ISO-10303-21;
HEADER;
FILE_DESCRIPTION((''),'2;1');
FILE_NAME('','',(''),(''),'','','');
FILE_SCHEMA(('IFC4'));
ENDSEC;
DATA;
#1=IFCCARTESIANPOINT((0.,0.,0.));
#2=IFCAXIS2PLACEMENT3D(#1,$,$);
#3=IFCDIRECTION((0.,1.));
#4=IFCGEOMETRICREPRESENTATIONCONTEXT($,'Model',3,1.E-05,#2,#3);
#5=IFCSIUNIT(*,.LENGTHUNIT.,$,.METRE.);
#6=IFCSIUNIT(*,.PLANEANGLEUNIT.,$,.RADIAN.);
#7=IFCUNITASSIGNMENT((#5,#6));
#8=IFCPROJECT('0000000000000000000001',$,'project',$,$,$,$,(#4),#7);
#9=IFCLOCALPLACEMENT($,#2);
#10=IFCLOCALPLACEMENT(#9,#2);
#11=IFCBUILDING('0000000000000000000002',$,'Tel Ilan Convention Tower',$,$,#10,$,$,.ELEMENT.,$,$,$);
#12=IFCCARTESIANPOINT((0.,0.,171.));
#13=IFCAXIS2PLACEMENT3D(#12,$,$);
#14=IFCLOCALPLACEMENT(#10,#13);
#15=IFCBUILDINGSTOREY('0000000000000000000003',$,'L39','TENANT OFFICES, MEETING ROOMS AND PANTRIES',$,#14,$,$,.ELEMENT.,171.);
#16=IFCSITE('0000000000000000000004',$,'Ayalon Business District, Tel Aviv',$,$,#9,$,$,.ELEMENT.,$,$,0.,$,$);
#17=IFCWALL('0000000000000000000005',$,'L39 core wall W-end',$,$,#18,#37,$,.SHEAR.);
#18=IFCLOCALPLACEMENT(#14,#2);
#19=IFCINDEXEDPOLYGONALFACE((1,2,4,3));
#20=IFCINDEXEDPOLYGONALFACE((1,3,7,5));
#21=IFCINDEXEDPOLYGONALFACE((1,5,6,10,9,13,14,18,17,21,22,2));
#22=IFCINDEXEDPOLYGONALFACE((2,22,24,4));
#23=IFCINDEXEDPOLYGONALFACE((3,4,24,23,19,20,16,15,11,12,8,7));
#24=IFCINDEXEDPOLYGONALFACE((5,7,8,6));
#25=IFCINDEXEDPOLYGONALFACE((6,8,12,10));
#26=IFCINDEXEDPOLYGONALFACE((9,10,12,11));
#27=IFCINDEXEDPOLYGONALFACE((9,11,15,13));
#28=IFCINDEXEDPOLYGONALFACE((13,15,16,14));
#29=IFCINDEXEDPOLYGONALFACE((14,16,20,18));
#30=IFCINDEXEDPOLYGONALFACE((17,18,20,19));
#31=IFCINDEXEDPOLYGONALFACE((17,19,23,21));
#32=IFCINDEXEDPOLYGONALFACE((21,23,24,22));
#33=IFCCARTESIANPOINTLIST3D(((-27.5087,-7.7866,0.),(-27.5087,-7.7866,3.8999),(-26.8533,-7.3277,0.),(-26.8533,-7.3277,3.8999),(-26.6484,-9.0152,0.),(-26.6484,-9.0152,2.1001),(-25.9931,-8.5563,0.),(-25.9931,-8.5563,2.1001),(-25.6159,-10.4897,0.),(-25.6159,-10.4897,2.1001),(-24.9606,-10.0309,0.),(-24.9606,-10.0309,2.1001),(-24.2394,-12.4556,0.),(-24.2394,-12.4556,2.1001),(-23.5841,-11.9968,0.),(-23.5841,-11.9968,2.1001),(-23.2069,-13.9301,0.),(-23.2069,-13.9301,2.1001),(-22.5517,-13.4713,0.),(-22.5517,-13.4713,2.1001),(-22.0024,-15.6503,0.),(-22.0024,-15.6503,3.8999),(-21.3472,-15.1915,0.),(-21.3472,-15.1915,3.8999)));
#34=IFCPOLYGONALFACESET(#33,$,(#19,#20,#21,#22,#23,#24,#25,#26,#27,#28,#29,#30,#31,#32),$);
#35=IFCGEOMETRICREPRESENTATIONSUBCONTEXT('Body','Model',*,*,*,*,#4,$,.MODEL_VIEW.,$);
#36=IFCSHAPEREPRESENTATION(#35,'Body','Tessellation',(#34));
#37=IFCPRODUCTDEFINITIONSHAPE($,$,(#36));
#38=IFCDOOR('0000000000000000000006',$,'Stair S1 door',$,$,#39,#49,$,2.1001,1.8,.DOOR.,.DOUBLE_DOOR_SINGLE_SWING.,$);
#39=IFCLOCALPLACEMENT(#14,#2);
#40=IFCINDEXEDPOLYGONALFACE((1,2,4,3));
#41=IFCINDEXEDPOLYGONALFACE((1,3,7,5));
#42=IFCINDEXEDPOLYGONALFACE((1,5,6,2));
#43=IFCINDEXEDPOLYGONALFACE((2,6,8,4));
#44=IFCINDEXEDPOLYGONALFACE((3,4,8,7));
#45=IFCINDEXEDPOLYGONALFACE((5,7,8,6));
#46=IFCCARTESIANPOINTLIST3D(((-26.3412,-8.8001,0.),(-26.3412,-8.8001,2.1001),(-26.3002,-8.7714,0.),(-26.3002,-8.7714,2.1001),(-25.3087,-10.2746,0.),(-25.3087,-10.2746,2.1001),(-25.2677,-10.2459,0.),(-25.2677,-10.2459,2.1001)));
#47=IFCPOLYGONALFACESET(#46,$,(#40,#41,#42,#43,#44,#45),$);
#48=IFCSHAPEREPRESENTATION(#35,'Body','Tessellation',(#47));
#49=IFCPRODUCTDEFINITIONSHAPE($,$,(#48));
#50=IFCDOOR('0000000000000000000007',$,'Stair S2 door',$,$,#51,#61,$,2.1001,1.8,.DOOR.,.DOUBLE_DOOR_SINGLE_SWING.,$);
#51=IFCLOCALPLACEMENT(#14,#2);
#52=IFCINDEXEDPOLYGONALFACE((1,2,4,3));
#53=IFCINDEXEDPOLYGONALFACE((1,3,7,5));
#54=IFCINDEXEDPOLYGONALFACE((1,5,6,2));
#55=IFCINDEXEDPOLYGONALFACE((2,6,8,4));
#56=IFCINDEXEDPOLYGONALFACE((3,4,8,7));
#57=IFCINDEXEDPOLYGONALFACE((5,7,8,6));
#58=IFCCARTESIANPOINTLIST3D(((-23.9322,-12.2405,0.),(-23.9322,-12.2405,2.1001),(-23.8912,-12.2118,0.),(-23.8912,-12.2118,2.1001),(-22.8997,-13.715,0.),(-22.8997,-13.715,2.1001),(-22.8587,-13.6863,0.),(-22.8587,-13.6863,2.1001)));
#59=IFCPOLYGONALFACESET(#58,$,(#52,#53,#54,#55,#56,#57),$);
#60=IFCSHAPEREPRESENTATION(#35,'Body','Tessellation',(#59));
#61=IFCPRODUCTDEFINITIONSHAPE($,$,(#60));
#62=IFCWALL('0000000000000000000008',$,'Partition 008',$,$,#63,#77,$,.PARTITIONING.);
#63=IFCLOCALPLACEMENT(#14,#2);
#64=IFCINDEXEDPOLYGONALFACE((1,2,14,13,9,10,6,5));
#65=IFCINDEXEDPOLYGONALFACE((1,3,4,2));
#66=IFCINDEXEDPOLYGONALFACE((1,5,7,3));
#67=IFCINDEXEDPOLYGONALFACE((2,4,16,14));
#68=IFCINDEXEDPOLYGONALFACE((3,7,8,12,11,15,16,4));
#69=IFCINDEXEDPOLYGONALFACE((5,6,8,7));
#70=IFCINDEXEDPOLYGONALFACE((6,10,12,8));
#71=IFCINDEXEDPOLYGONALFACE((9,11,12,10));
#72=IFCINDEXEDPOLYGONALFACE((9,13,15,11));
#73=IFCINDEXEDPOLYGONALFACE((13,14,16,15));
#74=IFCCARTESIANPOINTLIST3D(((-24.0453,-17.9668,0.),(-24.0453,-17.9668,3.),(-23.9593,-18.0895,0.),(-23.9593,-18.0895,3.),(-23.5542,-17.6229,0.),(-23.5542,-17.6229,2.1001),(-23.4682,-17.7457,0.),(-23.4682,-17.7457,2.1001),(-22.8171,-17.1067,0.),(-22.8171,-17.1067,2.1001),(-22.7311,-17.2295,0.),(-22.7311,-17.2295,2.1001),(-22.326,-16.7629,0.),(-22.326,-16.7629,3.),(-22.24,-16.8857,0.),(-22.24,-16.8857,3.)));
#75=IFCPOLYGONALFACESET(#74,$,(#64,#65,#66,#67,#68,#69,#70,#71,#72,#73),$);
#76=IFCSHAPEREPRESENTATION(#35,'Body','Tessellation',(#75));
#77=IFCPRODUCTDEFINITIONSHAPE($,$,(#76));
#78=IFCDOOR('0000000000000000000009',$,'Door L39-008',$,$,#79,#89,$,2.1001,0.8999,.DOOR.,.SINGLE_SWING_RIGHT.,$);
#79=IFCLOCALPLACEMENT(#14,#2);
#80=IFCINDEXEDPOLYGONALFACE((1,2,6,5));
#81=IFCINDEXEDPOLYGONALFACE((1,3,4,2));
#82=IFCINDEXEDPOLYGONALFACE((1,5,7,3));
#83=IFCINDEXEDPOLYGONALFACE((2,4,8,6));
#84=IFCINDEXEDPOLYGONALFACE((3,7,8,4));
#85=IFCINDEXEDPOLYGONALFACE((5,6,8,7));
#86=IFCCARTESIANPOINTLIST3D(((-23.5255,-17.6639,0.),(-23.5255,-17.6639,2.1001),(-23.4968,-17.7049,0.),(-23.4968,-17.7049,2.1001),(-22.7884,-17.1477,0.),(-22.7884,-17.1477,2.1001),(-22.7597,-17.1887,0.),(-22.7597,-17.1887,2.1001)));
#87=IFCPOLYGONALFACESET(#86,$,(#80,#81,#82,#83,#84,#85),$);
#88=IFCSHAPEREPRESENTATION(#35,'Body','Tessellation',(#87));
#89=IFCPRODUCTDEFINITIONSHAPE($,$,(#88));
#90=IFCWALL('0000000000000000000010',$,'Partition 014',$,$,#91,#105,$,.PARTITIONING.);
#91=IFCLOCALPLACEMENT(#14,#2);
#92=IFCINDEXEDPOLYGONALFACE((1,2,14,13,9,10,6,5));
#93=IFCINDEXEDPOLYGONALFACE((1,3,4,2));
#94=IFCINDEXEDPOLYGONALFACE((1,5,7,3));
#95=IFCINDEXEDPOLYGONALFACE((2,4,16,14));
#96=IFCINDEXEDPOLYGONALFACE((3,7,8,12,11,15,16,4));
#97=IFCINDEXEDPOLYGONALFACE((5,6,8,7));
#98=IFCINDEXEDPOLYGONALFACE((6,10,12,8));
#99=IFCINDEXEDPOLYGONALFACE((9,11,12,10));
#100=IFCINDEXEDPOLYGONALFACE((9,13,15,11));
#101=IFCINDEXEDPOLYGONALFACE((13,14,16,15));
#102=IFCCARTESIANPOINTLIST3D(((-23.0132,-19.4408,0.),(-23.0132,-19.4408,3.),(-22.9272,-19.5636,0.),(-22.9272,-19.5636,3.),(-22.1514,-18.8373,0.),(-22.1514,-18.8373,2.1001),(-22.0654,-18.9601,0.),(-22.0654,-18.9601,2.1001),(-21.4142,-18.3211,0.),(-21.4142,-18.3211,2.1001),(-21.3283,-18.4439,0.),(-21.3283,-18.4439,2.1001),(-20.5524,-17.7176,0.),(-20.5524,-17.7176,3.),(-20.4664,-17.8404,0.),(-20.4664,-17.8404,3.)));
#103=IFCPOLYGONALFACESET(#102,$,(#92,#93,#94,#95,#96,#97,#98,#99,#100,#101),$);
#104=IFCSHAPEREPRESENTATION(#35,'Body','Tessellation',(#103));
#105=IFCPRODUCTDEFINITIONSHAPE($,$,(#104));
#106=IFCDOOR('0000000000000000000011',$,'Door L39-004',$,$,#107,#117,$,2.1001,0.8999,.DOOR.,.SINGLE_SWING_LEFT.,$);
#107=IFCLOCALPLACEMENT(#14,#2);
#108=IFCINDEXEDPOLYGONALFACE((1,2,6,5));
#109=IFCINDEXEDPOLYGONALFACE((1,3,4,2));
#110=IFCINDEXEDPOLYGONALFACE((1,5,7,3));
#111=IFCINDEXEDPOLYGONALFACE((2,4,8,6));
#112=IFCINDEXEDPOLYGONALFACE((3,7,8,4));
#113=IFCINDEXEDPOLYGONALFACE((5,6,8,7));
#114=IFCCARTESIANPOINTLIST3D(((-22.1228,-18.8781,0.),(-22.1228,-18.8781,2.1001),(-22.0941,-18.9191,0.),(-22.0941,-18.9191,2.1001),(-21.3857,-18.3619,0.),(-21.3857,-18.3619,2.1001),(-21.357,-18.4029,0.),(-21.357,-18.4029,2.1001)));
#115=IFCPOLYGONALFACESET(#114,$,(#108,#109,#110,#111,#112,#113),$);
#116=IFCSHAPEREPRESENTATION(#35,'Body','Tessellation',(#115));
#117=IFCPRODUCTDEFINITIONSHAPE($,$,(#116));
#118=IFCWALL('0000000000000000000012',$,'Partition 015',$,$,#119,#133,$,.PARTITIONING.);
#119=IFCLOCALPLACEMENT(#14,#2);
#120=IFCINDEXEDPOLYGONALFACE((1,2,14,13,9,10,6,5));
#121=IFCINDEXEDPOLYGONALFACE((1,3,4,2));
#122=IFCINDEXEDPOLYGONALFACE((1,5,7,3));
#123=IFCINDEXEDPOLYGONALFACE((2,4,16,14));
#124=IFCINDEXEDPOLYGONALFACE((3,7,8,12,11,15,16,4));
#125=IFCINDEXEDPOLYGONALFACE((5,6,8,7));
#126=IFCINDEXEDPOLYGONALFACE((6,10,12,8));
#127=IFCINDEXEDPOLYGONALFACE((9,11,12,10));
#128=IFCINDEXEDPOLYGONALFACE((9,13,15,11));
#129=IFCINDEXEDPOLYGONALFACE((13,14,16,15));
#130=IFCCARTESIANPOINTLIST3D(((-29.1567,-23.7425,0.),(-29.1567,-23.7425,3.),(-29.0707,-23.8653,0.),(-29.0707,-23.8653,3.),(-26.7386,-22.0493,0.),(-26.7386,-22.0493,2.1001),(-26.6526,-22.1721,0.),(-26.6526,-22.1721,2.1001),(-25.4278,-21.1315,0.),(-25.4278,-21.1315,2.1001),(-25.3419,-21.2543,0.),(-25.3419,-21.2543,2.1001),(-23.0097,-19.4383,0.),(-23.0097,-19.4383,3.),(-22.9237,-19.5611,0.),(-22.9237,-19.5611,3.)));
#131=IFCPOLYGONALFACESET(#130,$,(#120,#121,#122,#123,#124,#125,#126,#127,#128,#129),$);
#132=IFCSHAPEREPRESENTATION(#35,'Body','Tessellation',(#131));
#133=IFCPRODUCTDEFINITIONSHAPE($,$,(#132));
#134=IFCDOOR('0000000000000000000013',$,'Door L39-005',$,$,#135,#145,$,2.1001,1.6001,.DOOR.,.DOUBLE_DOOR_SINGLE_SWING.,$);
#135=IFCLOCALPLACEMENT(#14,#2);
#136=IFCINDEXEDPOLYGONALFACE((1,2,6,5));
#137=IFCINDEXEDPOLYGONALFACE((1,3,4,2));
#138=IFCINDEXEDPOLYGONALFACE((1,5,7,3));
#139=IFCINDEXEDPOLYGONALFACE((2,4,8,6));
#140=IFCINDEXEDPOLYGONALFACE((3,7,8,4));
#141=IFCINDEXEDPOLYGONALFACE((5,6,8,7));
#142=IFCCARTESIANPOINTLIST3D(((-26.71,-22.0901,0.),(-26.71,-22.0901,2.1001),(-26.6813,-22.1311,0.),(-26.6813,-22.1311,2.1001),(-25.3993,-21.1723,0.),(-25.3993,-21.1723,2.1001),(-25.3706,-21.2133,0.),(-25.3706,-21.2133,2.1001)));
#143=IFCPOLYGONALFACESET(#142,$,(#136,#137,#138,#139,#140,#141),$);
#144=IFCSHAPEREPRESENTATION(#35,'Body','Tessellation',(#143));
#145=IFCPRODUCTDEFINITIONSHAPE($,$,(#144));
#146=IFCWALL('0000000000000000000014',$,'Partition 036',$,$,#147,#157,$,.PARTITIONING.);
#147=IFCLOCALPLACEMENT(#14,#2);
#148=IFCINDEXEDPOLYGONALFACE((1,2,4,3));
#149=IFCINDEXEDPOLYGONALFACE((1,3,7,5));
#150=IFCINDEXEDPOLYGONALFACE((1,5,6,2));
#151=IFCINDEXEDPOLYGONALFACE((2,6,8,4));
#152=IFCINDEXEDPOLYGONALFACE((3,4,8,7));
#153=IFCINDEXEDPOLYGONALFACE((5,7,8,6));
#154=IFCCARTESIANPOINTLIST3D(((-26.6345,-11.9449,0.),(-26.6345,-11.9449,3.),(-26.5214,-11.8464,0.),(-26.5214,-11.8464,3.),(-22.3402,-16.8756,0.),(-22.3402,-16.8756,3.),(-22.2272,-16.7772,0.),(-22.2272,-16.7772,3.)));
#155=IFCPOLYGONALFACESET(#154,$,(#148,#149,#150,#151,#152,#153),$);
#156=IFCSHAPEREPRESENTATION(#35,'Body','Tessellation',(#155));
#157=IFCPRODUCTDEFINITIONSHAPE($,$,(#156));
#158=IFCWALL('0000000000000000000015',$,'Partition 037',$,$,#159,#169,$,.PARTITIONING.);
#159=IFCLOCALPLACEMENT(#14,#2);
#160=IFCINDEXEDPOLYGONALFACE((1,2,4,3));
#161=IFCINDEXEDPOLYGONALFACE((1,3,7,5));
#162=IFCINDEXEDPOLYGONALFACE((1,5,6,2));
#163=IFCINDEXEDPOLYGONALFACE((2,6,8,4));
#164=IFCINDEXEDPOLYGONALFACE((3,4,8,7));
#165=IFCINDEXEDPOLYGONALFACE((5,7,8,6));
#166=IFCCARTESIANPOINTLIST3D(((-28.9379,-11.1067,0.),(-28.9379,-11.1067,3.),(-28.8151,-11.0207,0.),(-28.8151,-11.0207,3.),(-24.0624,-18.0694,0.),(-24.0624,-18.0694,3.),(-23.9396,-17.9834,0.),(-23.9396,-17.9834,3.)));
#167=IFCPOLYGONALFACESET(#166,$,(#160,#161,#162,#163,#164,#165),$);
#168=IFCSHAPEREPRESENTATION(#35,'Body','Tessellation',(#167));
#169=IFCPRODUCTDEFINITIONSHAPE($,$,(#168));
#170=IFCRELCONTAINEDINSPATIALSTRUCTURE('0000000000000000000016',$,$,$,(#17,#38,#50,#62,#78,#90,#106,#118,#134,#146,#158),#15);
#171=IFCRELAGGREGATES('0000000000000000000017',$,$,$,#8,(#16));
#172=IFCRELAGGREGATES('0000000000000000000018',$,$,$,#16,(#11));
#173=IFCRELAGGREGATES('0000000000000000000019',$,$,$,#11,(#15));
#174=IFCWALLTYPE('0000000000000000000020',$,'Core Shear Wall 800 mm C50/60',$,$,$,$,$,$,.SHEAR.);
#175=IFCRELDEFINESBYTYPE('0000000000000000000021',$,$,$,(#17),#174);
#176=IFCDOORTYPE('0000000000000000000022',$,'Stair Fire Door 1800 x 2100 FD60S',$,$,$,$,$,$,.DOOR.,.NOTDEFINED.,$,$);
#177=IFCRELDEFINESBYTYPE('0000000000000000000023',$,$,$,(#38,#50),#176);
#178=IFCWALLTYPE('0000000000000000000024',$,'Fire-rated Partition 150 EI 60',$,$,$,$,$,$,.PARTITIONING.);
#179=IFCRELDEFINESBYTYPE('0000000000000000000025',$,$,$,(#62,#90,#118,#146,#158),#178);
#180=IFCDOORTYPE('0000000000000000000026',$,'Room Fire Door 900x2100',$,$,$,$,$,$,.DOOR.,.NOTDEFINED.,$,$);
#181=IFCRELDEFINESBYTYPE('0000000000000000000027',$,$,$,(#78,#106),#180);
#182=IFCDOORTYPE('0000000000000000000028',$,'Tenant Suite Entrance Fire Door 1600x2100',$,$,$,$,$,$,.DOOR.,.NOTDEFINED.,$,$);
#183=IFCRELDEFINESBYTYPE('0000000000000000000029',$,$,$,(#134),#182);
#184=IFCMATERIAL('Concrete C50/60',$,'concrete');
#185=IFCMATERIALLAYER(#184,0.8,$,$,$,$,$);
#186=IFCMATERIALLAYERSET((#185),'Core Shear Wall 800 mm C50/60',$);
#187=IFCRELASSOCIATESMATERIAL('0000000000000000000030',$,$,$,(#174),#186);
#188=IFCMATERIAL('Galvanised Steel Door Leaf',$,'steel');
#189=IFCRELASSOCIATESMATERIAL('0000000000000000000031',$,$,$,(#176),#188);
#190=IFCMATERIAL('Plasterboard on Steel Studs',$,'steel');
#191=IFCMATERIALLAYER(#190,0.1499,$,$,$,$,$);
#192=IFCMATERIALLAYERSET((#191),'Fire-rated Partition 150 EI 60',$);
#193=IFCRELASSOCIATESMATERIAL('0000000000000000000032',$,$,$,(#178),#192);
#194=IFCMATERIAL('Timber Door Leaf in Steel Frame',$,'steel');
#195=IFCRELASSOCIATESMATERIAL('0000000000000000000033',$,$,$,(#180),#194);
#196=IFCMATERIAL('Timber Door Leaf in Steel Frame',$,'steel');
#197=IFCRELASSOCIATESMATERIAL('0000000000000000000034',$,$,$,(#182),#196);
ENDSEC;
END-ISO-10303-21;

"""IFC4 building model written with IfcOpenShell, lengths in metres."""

from ifc_helpers import new_model, si_unit, direction, frame, frame_2d, origin, place, context, subcontext, project, spatial, polyline, rectangle, outline, extrude, material, layer, layer_set, type_object, element, fill, save


model = new_model("IFC4")

# Units and contexts
model_context = context("Model", 3, precision=1e-05, world=origin(), true_north=direction((0.0, 1.0)))
body_context = subcontext(model_context, "Body", "Model", "MODEL_VIEW")
ifc_project = project(units=[si_unit("LENGTHUNIT", "METRE"), si_unit("PLANEANGLEUNIT", "RADIAN")], contexts=[model_context])

# Site, building, storey
site_placement = place(None, origin())
site = spatial("IfcSite", under=ifc_project, at=site_placement, Name="Ayalon Business District, Tel Aviv", CompositionType="ELEMENT", RefElevation=0.0)
building_placement = place(site_placement, origin())
building = spatial("IfcBuilding", under=site, at=building_placement, Name="Tel Ilan Convention Tower", CompositionType="ELEMENT")
storey_placement = place(building_placement, frame((0.0, 0.0, 171.0)))
storey = spatial("IfcBuildingStorey", under=building, at=storey_placement, Name="L39", Description="TENANT OFFICES, MEETING ROOMS AND PANTRIES", CompositionType="ELEMENT", Elevation=171.0)

# Wall, openings, doors
ifc_material_1 = material(Name="Concrete C50/60", Category="concrete")
ifc_layer_1 = layer(ifc_material_1, 0.8)
ifc_layer_set_1 = layer_set([ifc_layer_1], Name="Core Shear Wall 800 mm C50/60")
wall_type_1 = type_object("IfcWallType", Name="Core Shear Wall 800 mm C50/60", PredefinedType="SHEAR", material=ifc_layer_set_1)
wall_1_placement = place(storey_placement, frame((-21.6748, -15.4209, 0.0), z_axis=(0.0, 0.0, 1.0), x_axis=(-0.573582, 0.819148, 0.0)))
wall_1 = element("IfcWall", 1, at=wall_1_placement, inside=storey, type_object=wall_type_1, Name="L39 core wall W-end", PredefinedType="SHEAR", context=body_context, shape_type="SweptSolid", body=[
    extrude(outline(polyline([(0.0, 0.3999), (0.0, -0.3999), (9.5999, -0.4001), (9.5999, 0.3999), (0.0, 0.3999)])), origin(), (0.0, 0.0, 1.0), 3.8999),
])
opening_1_placement = place(wall_1_placement, frame((6.3, 0.0, 0.0)))
opening_1 = element("IfcOpeningElement", 2, at=opening_1_placement, cuts=wall_1, PredefinedType="OPENING", context=body_context, shape_type="SweptSolid", body=[
    extrude(rectangle(XDim=1.8, YDim=2.1001, at=frame_2d((0.8999, 1.05))), frame((0.0, 0.4099, 0.0), z_axis=(0.0, -1.0, 0.0), x_axis=(1.0, 0.0, 0.0)), (0.0, 0.0, 1.0), 0.8201),
])
opening_2_placement = place(wall_1_placement, frame((2.1001, 0.0, 0.0)))
opening_2 = element("IfcOpeningElement", 3, at=opening_2_placement, cuts=wall_1, PredefinedType="OPENING", context=body_context, shape_type="SweptSolid", body=[
    extrude(rectangle(XDim=1.8, YDim=2.1001, at=frame_2d((0.8999, 1.05))), frame((0.0, 0.4099, 0.0), z_axis=(0.0, -1.0, 0.0), x_axis=(1.0, 0.0, 0.0)), (0.0, 0.0, 1.0), 0.8201),
])
ifc_material_2 = material(Name="Galvanised Steel Door Leaf", Category="steel")
door_type_1 = type_object("IfcDoorType", Name="Stair Fire Door 1800 x 2100 FD60S", OperationType="NOTDEFINED", PredefinedType="DOOR", material=ifc_material_2)
door_1_placement = place(opening_1_placement, origin())
door_1 = element("IfcDoor", 4, at=door_1_placement, inside=storey, type_object=door_type_1, Name="Stair S1 door", OperationType="DOUBLE_DOOR_SINGLE_SWING", OverallHeight=2.1001, OverallWidth=1.8, PredefinedType="DOOR", context=body_context, shape_type="SweptSolid", body=[
    extrude(rectangle(XDim=1.8, YDim=2.1001, at=frame_2d((0.8999, 1.05))), frame((0.0, 0.0249, 0.0), z_axis=(0.0, -1.0, 0.0), x_axis=(1.0, 0.0, 0.0)), (0.0, 0.0, 1.0), 0.05),
])
fill(opening_1, door_1)
door_2_placement = place(opening_2_placement, origin())
door_2 = element("IfcDoor", 5, at=door_2_placement, inside=storey, type_object=door_type_1, Name="Stair S2 door", OperationType="DOUBLE_DOOR_SINGLE_SWING", OverallHeight=2.1001, OverallWidth=1.8, PredefinedType="DOOR", context=body_context, shape_type="SweptSolid", body=[
    extrude(rectangle(XDim=1.8, YDim=2.1001, at=frame_2d((0.8999, 1.05))), frame((0.0, 0.0249, 0.0), z_axis=(0.0, -1.0, 0.0), x_axis=(1.0, 0.0, 0.0)), (0.0, 0.0, 1.0), 0.05),
])
fill(opening_2, door_2)

# Walls, openings, doors
ifc_material_3 = material(Name="Plasterboard on Steel Studs", Category="steel")
ifc_layer_2 = layer(ifc_material_3, 0.1499)
ifc_layer_set_2 = layer_set([ifc_layer_2], Name="Fire-rated Partition 150 EI 60")
wall_type_2 = type_object("IfcWallType", Name="Fire-rated Partition 150 EI 60", PredefinedType="PARTITIONING", material=ifc_layer_set_2)
wall_2_placement = place(storey_placement, frame((-24.0022, -18.0281, 0.0), z_axis=(0.0, 0.0, 1.0), x_axis=(0.819144, 0.573587, 0.0)))
wall_2 = element("IfcWall", 6, at=wall_2_placement, inside=storey, type_object=wall_type_2, Name="Partition 008", PredefinedType="PARTITIONING", context=body_context, shape_type="SweptSolid", body=[
    extrude(rectangle(XDim=2.0989, YDim=0.1499, at=frame_2d((1.0493, 0.0))), origin(), (0.0, 0.0, 1.0), 3.0),
])
opening_3_placement = place(wall_2_placement, frame((0.5994, 0.0, 0.0)))
opening_3 = element("IfcOpeningElement", 7, at=opening_3_placement, cuts=wall_2, PredefinedType="OPENING", context=body_context, shape_type="SweptSolid", body=[
    extrude(rectangle(XDim=0.8999, YDim=2.1001, at=frame_2d((0.45, 1.05))), frame((0.0, 0.085, 0.0), z_axis=(0.0, -1.0, 0.0), x_axis=(1.0, 0.0, 0.0)), (0.0, 0.0, 1.0), 0.1699),
])
ifc_material_4 = material(Name="Timber Door Leaf in Steel Frame", Category="steel")
door_type_2 = type_object("IfcDoorType", Name="Room Fire Door 900x2100", OperationType="NOTDEFINED", PredefinedType="DOOR", material=ifc_material_4)
door_3_placement = place(opening_3_placement, origin())
door_3 = element("IfcDoor", 8, at=door_3_placement, inside=storey, type_object=door_type_2, Name="Door L39-008", OperationType="SINGLE_SWING_RIGHT", OverallHeight=2.1001, OverallWidth=0.8999, PredefinedType="DOOR", context=body_context, shape_type="SweptSolid", body=[
    extrude(rectangle(XDim=0.8999, YDim=2.1001, at=frame_2d((0.45, 1.05))), frame((0.0, 0.0249, 0.0), z_axis=(0.0, -1.0, 0.0), x_axis=(1.0, 0.0, 0.0)), (0.0, 0.0, 1.0), 0.05),
])
fill(opening_3, door_3)
wall_3_placement = place(storey_placement, frame((-20.5095, -17.7791, 0.0), z_axis=(0.0, 0.0, 1.0), x_axis=(-0.819129, -0.57361, 0.0)))
wall_3 = element("IfcWall", 9, at=wall_3_placement, inside=storey, type_object=wall_type_2, Name="Partition 014", PredefinedType="PARTITIONING", context=body_context, shape_type="SweptSolid", body=[
    extrude(rectangle(XDim=3.0042, YDim=0.1499, at=frame_2d((1.502, 0.0))), origin(), (0.0, 0.0, 1.0), 3.0),
])
opening_4_placement = place(wall_3_placement, frame((1.052, 0.0, 0.0)))
opening_4 = element("IfcOpeningElement", 10, at=opening_4_placement, cuts=wall_3, PredefinedType="OPENING", context=body_context, shape_type="SweptSolid", body=[
    extrude(rectangle(XDim=0.8999, YDim=2.1001, at=frame_2d((0.45, 1.05))), frame((0.0, 0.085, 0.0), z_axis=(0.0, -1.0, 0.0), x_axis=(1.0, 0.0, 0.0)), (0.0, 0.0, 1.0), 0.1699),
])
door_4_placement = place(opening_4_placement, origin())
door_4 = element("IfcDoor", 11, at=door_4_placement, inside=storey, type_object=door_type_2, Name="Door L39-004", OperationType="SINGLE_SWING_LEFT", OverallHeight=2.1001, OverallWidth=0.8999, PredefinedType="DOOR", context=body_context, shape_type="SweptSolid", body=[
    extrude(rectangle(XDim=0.8999, YDim=2.1001, at=frame_2d((0.45, 1.05))), frame((0.0, 0.0249, 0.0), z_axis=(0.0, -1.0, 0.0), x_axis=(1.0, 0.0, 0.0)), (0.0, 0.0, 1.0), 0.05),
])
fill(opening_4, door_4)
wall_4_placement = place(storey_placement, frame((-22.9668, -19.4998, 0.0), z_axis=(0.0, 0.0, 1.0), x_axis=(-0.819149, -0.57358, 0.0)))
wall_4 = element("IfcWall", 12, at=wall_4_placement, inside=storey, type_object=wall_type_2, Name="Partition 015", PredefinedType="PARTITIONING", context=body_context, shape_type="SweptSolid", body=[
    extrude(rectangle(XDim=7.5042, YDim=0.1499, at=frame_2d((3.752, 0.0))), origin(), (0.0, 0.0, 1.0), 3.0),
])
opening_5_placement = place(wall_4_placement, frame((2.9519, 0.0, 0.0)))
opening_5 = element("IfcOpeningElement", 13, at=opening_5_placement, cuts=wall_4, PredefinedType="OPENING", context=body_context, shape_type="SweptSolid", body=[
    extrude(rectangle(XDim=1.6001, YDim=2.1001, at=frame_2d((0.8, 1.05))), frame((0.0, 0.085, 0.0), z_axis=(0.0, -1.0, 0.0), x_axis=(1.0, 0.0, 0.0)), (0.0, 0.0, 1.0), 0.1699),
])
ifc_material_5 = material(Name="Timber Door Leaf in Steel Frame", Category="steel")
door_type_3 = type_object("IfcDoorType", Name="Tenant Suite Entrance Fire Door 1600x2100", OperationType="NOTDEFINED", PredefinedType="DOOR", material=ifc_material_5)
door_5_placement = place(opening_5_placement, origin())
door_5 = element("IfcDoor", 14, at=door_5_placement, inside=storey, type_object=door_type_3, Name="Door L39-005", OperationType="DOUBLE_DOOR_SINGLE_SWING", OverallHeight=2.1001, OverallWidth=1.6001, PredefinedType="DOOR", context=body_context, shape_type="SweptSolid", body=[
    extrude(rectangle(XDim=1.6001, YDim=2.1001, at=frame_2d((0.8, 1.05))), frame((0.0, 0.0249, 0.0), z_axis=(0.0, -1.0, 0.0), x_axis=(1.0, 0.0, 0.0)), (0.0, 0.0, 1.0), 0.05),
])
fill(opening_5, door_5)

# Walls
wall_5_placement = place(storey_placement, frame((-22.2837, -16.8264, 0.0), z_axis=(0.0, 0.0, 1.0), x_axis=(-0.656758, 0.754101, 0.0)))
element("IfcWall", 15, at=wall_5_placement, inside=storey, type_object=wall_type_2, Name="Partition 036", PredefinedType="PARTITIONING", context=body_context, shape_type="SweptSolid", body=[
    extrude(rectangle(XDim=6.5386, YDim=0.1499, at=frame_2d((3.2693, 0.0))), origin(), (0.0, 0.0, 1.0), 3.0),
])
wall_6_placement = place(storey_placement, frame((-24.001, -18.0264, 0.0), z_axis=(0.0, 0.0, 1.0), x_axis=(-0.573591, 0.819142, 0.0)))
element("IfcWall", 16, at=wall_6_placement, inside=storey, type_object=wall_type_2, Name="Partition 037", PredefinedType="PARTITIONING", context=body_context, shape_type="SweptSolid", body=[
    extrude(rectangle(XDim=8.5, YDim=0.1499, at=frame_2d((4.25, 0.0))), origin(), (0.0, 0.0, 1.0), 3.0),
])

save(model, "model.ifc")
